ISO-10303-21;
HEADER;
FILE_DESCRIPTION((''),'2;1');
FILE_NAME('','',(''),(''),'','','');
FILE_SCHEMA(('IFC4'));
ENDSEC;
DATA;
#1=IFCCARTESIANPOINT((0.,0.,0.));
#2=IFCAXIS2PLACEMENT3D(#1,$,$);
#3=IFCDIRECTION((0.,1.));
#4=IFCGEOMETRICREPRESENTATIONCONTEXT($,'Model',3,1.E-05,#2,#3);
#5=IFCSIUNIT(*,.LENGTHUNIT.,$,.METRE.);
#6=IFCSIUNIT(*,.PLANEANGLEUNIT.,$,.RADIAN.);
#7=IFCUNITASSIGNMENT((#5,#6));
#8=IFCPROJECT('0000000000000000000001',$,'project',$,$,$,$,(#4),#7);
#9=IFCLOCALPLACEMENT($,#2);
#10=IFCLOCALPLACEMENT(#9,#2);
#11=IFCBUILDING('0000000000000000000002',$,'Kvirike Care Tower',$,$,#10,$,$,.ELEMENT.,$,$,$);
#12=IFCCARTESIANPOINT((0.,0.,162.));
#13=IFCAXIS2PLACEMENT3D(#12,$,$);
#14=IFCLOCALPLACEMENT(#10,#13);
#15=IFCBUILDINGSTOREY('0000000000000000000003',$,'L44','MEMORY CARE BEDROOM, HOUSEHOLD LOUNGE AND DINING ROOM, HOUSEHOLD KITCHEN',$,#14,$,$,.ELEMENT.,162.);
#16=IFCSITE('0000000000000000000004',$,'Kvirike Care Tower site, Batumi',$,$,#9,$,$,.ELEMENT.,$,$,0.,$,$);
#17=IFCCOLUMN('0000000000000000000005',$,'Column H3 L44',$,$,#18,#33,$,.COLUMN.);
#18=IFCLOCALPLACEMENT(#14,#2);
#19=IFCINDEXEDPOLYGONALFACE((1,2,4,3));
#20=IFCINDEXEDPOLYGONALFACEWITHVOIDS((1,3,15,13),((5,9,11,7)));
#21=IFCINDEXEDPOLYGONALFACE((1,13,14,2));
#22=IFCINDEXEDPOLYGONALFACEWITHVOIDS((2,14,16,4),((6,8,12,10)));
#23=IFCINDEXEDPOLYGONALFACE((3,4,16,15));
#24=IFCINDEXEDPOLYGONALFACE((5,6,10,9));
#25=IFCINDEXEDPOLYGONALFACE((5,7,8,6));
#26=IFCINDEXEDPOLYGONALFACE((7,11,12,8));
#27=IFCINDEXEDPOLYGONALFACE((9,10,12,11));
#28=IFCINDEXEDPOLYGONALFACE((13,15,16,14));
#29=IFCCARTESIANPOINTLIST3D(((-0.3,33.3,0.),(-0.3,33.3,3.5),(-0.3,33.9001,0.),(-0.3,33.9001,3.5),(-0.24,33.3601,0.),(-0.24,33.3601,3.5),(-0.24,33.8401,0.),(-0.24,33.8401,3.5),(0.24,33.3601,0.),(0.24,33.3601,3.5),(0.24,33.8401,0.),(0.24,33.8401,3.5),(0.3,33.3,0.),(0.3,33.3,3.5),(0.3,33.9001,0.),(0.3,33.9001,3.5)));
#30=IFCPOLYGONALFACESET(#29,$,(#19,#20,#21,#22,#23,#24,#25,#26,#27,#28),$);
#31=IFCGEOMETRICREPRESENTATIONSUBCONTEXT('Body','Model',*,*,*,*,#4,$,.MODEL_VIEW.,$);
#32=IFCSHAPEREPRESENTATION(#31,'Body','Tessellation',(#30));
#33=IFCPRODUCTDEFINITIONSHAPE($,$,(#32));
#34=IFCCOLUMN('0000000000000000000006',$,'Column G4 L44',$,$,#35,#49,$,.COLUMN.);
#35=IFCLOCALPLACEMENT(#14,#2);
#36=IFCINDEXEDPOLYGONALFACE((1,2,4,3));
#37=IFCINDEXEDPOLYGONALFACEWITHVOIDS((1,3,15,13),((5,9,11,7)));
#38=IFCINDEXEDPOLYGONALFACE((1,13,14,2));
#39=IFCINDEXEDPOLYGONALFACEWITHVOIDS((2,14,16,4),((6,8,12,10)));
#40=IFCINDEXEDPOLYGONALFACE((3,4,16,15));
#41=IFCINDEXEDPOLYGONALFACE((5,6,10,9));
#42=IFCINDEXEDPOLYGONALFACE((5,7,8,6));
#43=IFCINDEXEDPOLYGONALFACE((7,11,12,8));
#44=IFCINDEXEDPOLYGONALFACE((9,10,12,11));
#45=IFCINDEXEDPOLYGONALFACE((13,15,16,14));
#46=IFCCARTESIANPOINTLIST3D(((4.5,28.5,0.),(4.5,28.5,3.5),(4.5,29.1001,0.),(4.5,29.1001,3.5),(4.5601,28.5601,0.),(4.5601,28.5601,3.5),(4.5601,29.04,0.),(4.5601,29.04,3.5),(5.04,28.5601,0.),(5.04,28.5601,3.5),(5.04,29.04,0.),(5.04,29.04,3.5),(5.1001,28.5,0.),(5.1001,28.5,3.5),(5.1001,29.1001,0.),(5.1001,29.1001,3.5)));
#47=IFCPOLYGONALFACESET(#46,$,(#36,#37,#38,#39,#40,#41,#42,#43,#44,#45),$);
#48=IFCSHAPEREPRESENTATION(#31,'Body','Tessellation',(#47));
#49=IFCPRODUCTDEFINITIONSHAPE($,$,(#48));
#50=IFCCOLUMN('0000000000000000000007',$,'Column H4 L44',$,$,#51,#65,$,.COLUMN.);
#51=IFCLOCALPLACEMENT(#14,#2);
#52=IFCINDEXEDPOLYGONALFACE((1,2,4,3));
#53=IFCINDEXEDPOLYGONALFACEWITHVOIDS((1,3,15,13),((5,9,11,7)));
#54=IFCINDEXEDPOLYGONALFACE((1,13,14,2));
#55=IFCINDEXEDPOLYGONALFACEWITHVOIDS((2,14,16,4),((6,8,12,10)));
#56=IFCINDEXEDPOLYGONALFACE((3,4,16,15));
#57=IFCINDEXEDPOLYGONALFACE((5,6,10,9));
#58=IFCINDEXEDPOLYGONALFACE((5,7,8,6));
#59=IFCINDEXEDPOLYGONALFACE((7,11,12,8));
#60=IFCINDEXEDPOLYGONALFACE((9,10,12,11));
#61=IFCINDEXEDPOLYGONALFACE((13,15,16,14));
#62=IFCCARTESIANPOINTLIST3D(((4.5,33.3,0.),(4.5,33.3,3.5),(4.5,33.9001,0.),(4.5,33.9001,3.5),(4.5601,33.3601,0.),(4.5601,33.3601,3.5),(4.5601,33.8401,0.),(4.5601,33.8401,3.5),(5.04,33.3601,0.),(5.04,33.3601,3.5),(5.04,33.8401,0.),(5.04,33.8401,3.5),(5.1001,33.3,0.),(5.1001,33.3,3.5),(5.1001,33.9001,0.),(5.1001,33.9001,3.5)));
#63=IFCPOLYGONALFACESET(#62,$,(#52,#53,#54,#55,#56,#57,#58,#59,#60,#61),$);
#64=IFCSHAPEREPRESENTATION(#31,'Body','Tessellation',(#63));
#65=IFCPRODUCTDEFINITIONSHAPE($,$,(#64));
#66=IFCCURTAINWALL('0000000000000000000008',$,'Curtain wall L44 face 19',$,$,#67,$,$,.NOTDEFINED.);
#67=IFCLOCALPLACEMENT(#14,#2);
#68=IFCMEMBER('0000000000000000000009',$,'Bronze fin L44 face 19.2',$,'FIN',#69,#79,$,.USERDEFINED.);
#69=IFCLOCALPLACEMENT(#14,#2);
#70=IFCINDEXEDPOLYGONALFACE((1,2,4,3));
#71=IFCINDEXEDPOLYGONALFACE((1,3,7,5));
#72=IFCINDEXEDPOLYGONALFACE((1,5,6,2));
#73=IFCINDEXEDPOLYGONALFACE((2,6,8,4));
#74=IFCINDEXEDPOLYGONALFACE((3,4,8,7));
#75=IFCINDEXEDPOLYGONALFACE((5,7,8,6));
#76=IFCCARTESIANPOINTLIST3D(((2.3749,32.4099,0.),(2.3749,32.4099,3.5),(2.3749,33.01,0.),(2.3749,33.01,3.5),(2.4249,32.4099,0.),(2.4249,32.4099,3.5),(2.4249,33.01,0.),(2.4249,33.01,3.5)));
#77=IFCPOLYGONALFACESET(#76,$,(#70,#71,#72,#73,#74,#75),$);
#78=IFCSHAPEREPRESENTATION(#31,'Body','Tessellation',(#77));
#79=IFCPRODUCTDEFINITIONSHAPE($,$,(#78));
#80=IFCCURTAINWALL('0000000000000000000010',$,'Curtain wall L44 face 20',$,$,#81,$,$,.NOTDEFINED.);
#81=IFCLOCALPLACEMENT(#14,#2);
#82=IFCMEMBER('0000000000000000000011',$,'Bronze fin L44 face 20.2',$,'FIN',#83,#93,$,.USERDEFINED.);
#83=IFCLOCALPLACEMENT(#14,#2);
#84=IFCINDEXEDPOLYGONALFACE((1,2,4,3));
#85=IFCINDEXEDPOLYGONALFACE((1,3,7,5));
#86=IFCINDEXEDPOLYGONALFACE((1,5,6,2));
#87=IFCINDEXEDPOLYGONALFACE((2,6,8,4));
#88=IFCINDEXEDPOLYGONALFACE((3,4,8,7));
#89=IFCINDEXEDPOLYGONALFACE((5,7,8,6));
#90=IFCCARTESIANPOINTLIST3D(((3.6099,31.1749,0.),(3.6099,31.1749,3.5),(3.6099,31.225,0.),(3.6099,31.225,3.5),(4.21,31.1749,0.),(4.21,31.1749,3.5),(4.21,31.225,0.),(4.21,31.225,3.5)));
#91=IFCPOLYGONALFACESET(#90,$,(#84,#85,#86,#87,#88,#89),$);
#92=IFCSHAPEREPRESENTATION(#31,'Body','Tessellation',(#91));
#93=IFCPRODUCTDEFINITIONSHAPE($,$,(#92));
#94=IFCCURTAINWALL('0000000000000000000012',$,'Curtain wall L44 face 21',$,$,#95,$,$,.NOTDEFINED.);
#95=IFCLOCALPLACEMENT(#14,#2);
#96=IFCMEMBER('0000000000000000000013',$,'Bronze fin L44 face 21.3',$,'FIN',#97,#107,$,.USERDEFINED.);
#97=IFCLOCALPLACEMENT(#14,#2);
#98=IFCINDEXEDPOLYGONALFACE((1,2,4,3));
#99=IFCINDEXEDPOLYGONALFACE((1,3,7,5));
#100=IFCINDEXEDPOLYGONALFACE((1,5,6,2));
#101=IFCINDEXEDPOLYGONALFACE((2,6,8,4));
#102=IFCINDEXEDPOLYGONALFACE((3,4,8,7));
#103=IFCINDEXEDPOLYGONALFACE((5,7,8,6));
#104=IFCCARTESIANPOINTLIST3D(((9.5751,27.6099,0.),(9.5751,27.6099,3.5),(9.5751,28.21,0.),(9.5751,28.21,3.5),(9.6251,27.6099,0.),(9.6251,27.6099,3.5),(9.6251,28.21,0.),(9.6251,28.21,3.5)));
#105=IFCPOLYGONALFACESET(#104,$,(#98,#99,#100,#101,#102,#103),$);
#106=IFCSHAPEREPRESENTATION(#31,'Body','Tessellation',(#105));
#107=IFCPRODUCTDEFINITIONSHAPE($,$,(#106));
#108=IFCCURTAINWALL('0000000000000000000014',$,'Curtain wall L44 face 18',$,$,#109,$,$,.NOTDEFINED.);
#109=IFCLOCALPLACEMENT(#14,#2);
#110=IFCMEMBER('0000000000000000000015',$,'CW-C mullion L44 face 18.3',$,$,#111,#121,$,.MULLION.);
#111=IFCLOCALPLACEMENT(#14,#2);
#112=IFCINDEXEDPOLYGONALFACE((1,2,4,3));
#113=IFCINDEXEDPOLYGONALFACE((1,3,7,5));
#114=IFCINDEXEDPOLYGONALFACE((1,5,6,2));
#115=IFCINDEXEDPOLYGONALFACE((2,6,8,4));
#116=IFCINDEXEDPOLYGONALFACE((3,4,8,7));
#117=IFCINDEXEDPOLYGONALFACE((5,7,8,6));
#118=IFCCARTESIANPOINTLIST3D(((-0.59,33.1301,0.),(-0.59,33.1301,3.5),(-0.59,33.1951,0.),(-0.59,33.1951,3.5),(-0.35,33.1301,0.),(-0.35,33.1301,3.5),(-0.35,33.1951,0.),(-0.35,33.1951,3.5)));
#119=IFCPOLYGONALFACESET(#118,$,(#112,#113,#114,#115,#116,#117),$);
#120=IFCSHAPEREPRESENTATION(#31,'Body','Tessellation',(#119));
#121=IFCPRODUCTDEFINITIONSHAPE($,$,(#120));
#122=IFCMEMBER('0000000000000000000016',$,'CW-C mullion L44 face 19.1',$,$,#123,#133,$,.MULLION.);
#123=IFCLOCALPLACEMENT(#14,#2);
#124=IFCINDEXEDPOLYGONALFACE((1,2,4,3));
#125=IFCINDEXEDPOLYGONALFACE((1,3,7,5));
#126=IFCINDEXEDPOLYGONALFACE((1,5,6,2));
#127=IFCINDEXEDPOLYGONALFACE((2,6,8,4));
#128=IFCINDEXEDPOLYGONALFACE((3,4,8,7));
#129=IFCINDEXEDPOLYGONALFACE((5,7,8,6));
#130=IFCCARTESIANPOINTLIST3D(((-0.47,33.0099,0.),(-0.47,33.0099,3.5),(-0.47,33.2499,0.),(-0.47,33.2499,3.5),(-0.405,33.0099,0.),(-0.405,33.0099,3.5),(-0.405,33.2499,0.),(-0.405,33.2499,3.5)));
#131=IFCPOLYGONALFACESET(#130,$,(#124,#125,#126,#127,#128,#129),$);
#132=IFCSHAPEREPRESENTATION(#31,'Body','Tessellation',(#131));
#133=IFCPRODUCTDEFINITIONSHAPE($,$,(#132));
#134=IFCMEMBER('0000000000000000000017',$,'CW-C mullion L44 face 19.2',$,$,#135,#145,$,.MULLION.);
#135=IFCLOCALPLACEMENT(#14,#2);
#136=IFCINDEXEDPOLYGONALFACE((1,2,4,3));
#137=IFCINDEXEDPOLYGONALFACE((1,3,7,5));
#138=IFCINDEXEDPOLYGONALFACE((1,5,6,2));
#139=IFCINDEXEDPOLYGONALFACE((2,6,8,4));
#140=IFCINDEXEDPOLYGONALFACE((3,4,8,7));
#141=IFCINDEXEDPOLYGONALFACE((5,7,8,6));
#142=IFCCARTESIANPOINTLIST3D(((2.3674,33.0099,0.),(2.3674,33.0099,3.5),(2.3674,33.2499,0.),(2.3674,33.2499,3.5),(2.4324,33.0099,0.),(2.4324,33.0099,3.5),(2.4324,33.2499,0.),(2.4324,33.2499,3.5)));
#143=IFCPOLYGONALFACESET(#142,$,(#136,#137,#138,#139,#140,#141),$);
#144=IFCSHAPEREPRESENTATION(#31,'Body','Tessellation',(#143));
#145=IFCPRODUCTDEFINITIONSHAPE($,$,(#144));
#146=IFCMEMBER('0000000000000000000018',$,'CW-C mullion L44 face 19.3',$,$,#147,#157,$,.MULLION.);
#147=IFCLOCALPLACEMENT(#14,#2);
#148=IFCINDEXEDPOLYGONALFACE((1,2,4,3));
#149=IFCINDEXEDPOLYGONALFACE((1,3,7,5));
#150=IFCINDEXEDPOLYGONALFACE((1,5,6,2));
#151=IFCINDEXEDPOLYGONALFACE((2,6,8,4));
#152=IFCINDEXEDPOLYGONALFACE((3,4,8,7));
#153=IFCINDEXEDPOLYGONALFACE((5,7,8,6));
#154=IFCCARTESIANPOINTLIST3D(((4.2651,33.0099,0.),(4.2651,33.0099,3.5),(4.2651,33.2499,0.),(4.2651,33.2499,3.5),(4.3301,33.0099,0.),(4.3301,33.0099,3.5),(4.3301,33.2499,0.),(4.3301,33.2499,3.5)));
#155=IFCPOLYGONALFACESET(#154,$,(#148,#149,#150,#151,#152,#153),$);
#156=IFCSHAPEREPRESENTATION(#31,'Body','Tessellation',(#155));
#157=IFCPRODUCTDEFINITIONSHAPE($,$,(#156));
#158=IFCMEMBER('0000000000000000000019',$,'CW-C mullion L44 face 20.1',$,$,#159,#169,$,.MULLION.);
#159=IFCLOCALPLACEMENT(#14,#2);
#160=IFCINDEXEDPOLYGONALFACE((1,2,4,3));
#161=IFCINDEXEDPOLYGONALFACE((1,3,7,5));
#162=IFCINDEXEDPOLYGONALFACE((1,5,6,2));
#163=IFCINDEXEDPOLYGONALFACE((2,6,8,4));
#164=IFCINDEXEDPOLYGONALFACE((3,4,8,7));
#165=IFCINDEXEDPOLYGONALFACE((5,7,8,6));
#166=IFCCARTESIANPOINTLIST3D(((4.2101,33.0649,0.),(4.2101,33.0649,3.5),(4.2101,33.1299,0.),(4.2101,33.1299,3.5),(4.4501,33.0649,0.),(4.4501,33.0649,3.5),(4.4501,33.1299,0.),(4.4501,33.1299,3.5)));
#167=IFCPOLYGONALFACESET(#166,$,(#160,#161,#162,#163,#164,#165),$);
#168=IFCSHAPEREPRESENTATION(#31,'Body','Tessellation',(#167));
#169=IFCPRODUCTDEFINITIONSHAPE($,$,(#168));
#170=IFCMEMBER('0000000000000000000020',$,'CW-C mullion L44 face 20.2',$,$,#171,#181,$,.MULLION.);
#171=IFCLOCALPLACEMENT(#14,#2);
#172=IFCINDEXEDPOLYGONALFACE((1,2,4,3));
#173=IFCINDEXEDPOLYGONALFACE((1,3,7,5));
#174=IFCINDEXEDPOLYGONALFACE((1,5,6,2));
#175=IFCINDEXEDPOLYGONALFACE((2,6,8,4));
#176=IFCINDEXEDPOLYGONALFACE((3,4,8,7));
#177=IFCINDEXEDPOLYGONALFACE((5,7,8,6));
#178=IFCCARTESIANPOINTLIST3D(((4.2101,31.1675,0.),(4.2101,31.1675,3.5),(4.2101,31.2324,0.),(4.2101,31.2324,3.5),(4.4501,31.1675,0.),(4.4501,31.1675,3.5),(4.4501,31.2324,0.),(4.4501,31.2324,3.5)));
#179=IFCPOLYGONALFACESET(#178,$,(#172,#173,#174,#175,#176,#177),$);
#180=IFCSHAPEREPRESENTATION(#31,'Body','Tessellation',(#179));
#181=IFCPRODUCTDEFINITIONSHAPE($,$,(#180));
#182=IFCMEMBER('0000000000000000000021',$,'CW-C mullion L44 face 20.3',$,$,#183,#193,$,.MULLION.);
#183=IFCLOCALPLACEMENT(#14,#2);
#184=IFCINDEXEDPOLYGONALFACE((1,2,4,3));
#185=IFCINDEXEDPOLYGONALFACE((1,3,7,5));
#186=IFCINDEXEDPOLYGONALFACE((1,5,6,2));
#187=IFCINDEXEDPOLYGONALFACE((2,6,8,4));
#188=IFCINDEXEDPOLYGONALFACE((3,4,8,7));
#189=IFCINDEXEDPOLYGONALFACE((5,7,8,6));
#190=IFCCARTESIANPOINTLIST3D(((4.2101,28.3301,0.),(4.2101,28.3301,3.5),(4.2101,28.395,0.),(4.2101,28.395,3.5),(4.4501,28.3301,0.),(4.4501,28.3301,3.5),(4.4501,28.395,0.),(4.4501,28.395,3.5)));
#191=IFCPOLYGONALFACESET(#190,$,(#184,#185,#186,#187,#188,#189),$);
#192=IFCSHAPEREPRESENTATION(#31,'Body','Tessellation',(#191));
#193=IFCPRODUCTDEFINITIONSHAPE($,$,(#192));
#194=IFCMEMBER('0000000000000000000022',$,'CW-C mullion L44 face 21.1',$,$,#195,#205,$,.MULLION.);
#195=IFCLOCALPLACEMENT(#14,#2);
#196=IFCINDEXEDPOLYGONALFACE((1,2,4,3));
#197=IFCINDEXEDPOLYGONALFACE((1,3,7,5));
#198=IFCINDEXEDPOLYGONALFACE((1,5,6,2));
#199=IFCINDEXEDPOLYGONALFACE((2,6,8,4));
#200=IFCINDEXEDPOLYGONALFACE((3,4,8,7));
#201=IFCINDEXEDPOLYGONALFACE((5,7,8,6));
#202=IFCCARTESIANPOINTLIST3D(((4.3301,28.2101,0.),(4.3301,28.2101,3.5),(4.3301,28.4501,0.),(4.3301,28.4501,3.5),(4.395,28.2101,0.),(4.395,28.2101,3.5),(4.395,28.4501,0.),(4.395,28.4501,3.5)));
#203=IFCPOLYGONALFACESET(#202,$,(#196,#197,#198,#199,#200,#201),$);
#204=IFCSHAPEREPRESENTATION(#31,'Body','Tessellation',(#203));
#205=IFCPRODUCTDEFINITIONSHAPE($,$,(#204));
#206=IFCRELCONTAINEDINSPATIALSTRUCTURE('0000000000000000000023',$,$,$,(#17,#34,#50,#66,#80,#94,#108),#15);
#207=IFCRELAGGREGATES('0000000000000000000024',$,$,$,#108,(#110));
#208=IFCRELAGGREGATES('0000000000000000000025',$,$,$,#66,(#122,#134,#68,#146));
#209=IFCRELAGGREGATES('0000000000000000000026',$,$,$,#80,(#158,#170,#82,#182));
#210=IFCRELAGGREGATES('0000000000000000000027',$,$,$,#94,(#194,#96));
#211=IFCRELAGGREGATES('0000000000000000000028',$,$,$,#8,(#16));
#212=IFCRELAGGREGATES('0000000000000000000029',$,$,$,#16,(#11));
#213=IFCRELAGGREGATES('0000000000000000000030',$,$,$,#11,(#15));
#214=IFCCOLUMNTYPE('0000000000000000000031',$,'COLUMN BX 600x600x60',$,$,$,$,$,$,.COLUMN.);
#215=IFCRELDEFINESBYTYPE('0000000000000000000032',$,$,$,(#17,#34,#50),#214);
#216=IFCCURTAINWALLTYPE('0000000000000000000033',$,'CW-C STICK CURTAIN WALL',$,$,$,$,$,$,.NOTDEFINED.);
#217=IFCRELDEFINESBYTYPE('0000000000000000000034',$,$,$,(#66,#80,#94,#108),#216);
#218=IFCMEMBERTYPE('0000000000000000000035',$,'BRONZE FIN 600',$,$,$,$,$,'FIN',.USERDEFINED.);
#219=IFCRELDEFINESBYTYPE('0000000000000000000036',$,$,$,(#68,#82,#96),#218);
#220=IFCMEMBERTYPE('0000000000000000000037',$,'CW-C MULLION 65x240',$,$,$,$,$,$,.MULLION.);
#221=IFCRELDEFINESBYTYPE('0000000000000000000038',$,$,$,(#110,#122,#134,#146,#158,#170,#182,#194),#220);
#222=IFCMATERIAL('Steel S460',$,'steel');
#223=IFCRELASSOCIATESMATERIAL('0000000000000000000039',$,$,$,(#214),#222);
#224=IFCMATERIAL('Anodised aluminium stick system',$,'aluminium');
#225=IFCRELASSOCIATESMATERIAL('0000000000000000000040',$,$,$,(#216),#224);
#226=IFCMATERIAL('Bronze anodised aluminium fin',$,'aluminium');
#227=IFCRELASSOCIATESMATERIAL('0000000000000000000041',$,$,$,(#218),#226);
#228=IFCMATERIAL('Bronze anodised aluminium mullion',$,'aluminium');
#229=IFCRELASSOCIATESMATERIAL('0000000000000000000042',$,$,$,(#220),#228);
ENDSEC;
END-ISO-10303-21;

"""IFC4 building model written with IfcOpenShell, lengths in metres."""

from ifc_helpers import new_model, si_unit, direction, frame, origin, origin_2d, place, context, subcontext, project, spatial, rectangle, hollow_rectangle, extrude, material, material_profile, profile_set, type_object, element, aggregate, save


model = new_model("IFC4")

# Units and contexts
model_context = context("Model", 3, precision=1e-05, world=origin(), true_north=direction((0.0, 1.0)))
body_context = subcontext(model_context, "Body", "Model", "MODEL_VIEW")
ifc_project = project(units=[si_unit("LENGTHUNIT", "METRE"), si_unit("PLANEANGLEUNIT", "RADIAN")], contexts=[model_context])

# Site, building, storey
site_placement = place(None, origin())
site = spatial("IfcSite", under=ifc_project, at=site_placement, Name="Kvirike Care Tower site, Batumi", CompositionType="ELEMENT", RefElevation=0.0)
building_placement = place(site_placement, origin())
building = spatial("IfcBuilding", under=site, at=building_placement, Name="Kvirike Care Tower", CompositionType="ELEMENT")
storey_placement = place(building_placement, frame((0.0, 0.0, 162.0)))
storey = spatial("IfcBuildingStorey", under=building, at=storey_placement, Name="L44", Description="MEMORY CARE BEDROOM, HOUSEHOLD LOUNGE AND DINING ROOM, HOUSEHOLD KITCHEN", CompositionType="ELEMENT", Elevation=162.0)

# Columns
ifc_material_1 = material(Name="Steel S460", Category="steel")
ifc_material_profile_1 = material_profile(ifc_material_1, hollow_rectangle(XDim=0.6001, YDim=0.6001, WallThickness=0.0601, at=origin_2d()), Name="BX 600x600x60")
ifc_profile_set_1 = profile_set([ifc_material_profile_1], Name="Steel S460")
column_type = type_object("IfcColumnType", Name="COLUMN BX 600x600x60", PredefinedType="COLUMN", material=ifc_profile_set_1)
for number, where, z_axis, x_axis, name in (
    (1, (0.0, 33.6001, 0.0), (0.0, 0.0, 1.0), (0.0, 1.0, 0.0), "Column H3 L44"),
    (2, (4.8, 28.8, 0.0), (0.0, 0.0, 1.0), (0.0, 1.0, 0.0), "Column G4 L44"),
    (3, (4.8, 33.6001, 0.0), (0.0, 0.0, 1.0), (0.0, 1.0, 0.0), "Column H4 L44"),
):
    element("IfcColumn", number, at=place(storey_placement, frame(where, z_axis=z_axis, x_axis=x_axis)), inside=storey, type_object=column_type, Name=name, PredefinedType="COLUMN", context=body_context, shape_type="SweptSolid", body=[
        extrude(hollow_rectangle(XDim=0.6001, YDim=0.6001, WallThickness=0.0601, at=origin_2d()), origin(), (0.0, 0.0, 1.0), 3.5),
    ])

# Curtain walls, members
ifc_material_2 = material(Name="Anodised aluminium stick system", Category="aluminium")
curtain_wall_type = type_object("IfcCurtainWallType", Name="CW-C STICK CURTAIN WALL", PredefinedType="NOTDEFINED", material=ifc_material_2)
curtain_wall_1_placement = place(storey_placement, origin())
curtain_wall_1 = element("IfcCurtainWall", 4, at=curtain_wall_1_placement, inside=storey, type_object=curtain_wall_type, Name="Curtain wall L44 face 19", PredefinedType="NOTDEFINED")
ifc_material_3 = material(Name="Bronze anodised aluminium fin", Category="aluminium")
ifc_material_profile_2 = material_profile(ifc_material_3, rectangle(XDim=0.05, YDim=0.6001, at=origin_2d()), Name="BRONZE FIN 600")
ifc_profile_set_2 = profile_set([ifc_material_profile_2], Name="Bronze anodised aluminium fin")
member_type_1 = type_object("IfcMemberType", Name="BRONZE FIN 600", ElementType="FIN", PredefinedType="USERDEFINED", material=ifc_profile_set_2)
member_1_placement = place(storey_placement, frame((2.3999, 32.71, 0.0), z_axis=(0.0, 0.0, 1.0), x_axis=(1.0, 0.0, 0.0)))
member_1 = element("IfcMember", 5, at=member_1_placement, type_object=member_type_1, Name="Bronze fin L44 face 19.2", ObjectType="FIN", PredefinedType="USERDEFINED", context=body_context, shape_type="SweptSolid", body=[
    extrude(rectangle(XDim=0.05, YDim=0.6001, at=origin_2d()), origin(), (0.0, 0.0, 1.0), 3.5),
])
curtain_wall_2_placement = place(storey_placement, origin())
curtain_wall_2 = element("IfcCurtainWall", 6, at=curtain_wall_2_placement, inside=storey, type_object=curtain_wall_type, Name="Curtain wall L44 face 20", PredefinedType="NOTDEFINED")
member_2_placement = place(storey_placement, frame((3.9099, 31.2, 0.0), z_axis=(0.0, 0.0, 1.0), x_axis=(0.0, -1.0, 0.0)))
member_2 = element("IfcMember", 7, at=member_2_placement, type_object=member_type_1, Name="Bronze fin L44 face 20.2", ObjectType="FIN", PredefinedType="USERDEFINED", context=body_context, shape_type="SweptSolid", body=[
    extrude(rectangle(XDim=0.05, YDim=0.6001, at=origin_2d()), origin(), (0.0, 0.0, 1.0), 3.5),
])
curtain_wall_3_placement = place(storey_placement, origin())
curtain_wall_3 = element("IfcCurtainWall", 8, at=curtain_wall_3_placement, inside=storey, type_object=curtain_wall_type, Name="Curtain wall L44 face 21", PredefinedType="NOTDEFINED")
member_3_placement = place(storey_placement, frame((9.6001, 27.9099, 0.0), z_axis=(0.0, 0.0, 1.0), x_axis=(1.0, 0.0, 0.0)))
member_3 = element("IfcMember", 9, at=member_3_placement, type_object=member_type_1, Name="Bronze fin L44 face 21.3", ObjectType="FIN", PredefinedType="USERDEFINED", context=body_context, shape_type="SweptSolid", body=[
    extrude(rectangle(XDim=0.05, YDim=0.6001, at=origin_2d()), origin(), (0.0, 0.0, 1.0), 3.5),
])
curtain_wall_4_placement = place(storey_placement, origin())
curtain_wall_4 = element("IfcCurtainWall", 10, at=curtain_wall_4_placement, inside=storey, type_object=curtain_wall_type, Name="Curtain wall L44 face 18", PredefinedType="NOTDEFINED")
ifc_material_4 = material(Name="Bronze anodised aluminium mullion", Category="aluminium")
ifc_material_profile_3 = material_profile(ifc_material_4, rectangle(XDim=0.0649, YDim=0.24, at=origin_2d()), Name="CW-C MULLION 65x240")
ifc_profile_set_3 = profile_set([ifc_material_profile_3], Name="Bronze anodised aluminium mullion")
member_type_2 = type_object("IfcMemberType", Name="CW-C MULLION 65x240", PredefinedType="MULLION", material=ifc_profile_set_3)
member_4_placement = place(storey_placement, frame((-0.47, 33.1626, 0.0), z_axis=(0.0, 0.0, 1.0), x_axis=(0.0, -1.0, 0.0)))
member_4 = element("IfcMember", 11, at=member_4_placement, type_object=member_type_2, Name="CW-C mullion L44 face 18.3", PredefinedType="MULLION", context=body_context, shape_type="SweptSolid", body=[
    extrude(rectangle(XDim=0.0649, YDim=0.24, at=origin_2d()), origin(), (0.0, 0.0, 1.0), 3.5),
])
aggregate(curtain_wall_4, [member_4])

# Members
member_5_placement = place(storey_placement, frame((-0.4375, 33.1299, 0.0), z_axis=(0.0, 0.0, 1.0), x_axis=(1.0, 0.0, 0.0)))
member_5 = element("IfcMember", 12, at=member_5_placement, type_object=member_type_2, Name="CW-C mullion L44 face 19.1", PredefinedType="MULLION", context=body_context, shape_type="SweptSolid", body=[
    extrude(rectangle(XDim=0.0649, YDim=0.24, at=origin_2d()), origin(), (0.0, 0.0, 1.0), 3.5),
])
member_6_placement = place(storey_placement, frame((2.3999, 33.1299, 0.0), z_axis=(0.0, 0.0, 1.0), x_axis=(1.0, 0.0, 0.0)))
member_6 = element("IfcMember", 13, at=member_6_placement, type_object=member_type_2, Name="CW-C mullion L44 face 19.2", PredefinedType="MULLION", context=body_context, shape_type="SweptSolid", body=[
    extrude(rectangle(XDim=0.0649, YDim=0.24, at=origin_2d()), origin(), (0.0, 0.0, 1.0), 3.5),
])
member_7_placement = place(storey_placement, frame((4.2976, 33.1299, 0.0), z_axis=(0.0, 0.0, 1.0), x_axis=(1.0, 0.0, 0.0)))
member_7 = element("IfcMember", 14, at=member_7_placement, type_object=member_type_2, Name="CW-C mullion L44 face 19.3", PredefinedType="MULLION", context=body_context, shape_type="SweptSolid", body=[
    extrude(rectangle(XDim=0.0649, YDim=0.24, at=origin_2d()), origin(), (0.0, 0.0, 1.0), 3.5),
])
member_8_placement = place(storey_placement, frame((4.3301, 33.0974, 0.0), z_axis=(0.0, 0.0, 1.0), x_axis=(0.0, -1.0, 0.0)))
member_8 = element("IfcMember", 15, at=member_8_placement, type_object=member_type_2, Name="CW-C mullion L44 face 20.1", PredefinedType="MULLION", context=body_context, shape_type="SweptSolid", body=[
    extrude(rectangle(XDim=0.0649, YDim=0.24, at=origin_2d()), origin(), (0.0, 0.0, 1.0), 3.5),
])
member_9_placement = place(storey_placement, frame((4.3301, 31.2, 0.0), z_axis=(0.0, 0.0, 1.0), x_axis=(0.0, -1.0, 0.0)))
member_9 = element("IfcMember", 16, at=member_9_placement, type_object=member_type_2, Name="CW-C mullion L44 face 20.2", PredefinedType="MULLION", context=body_context, shape_type="SweptSolid", body=[
    extrude(rectangle(XDim=0.0649, YDim=0.24, at=origin_2d()), origin(), (0.0, 0.0, 1.0), 3.5),
])
member_10_placement = place(storey_placement, frame((4.3301, 28.3625, 0.0), z_axis=(0.0, 0.0, 1.0), x_axis=(0.0, -1.0, 0.0)))
member_10 = element("IfcMember", 17, at=member_10_placement, type_object=member_type_2, Name="CW-C mullion L44 face 20.3", PredefinedType="MULLION", context=body_context, shape_type="SweptSolid", body=[
    extrude(rectangle(XDim=0.0649, YDim=0.24, at=origin_2d()), origin(), (0.0, 0.0, 1.0), 3.5),
])
member_11_placement = place(storey_placement, frame((4.3625, 28.3301, 0.0), z_axis=(0.0, 0.0, 1.0), x_axis=(1.0, 0.0, 0.0)))
member_11 = element("IfcMember", 18, at=member_11_placement, type_object=member_type_2, Name="CW-C mullion L44 face 21.1", PredefinedType="MULLION", context=body_context, shape_type="SweptSolid", body=[
    extrude(rectangle(XDim=0.0649, YDim=0.24, at=origin_2d()), origin(), (0.0, 0.0, 1.0), 3.5),
])

aggregate(curtain_wall_1, [member_5, member_6, member_1, member_7])
aggregate(curtain_wall_2, [member_8, member_9, member_2, member_10])
aggregate(curtain_wall_3, [member_11, member_3])

save(model, "model.ifc")
